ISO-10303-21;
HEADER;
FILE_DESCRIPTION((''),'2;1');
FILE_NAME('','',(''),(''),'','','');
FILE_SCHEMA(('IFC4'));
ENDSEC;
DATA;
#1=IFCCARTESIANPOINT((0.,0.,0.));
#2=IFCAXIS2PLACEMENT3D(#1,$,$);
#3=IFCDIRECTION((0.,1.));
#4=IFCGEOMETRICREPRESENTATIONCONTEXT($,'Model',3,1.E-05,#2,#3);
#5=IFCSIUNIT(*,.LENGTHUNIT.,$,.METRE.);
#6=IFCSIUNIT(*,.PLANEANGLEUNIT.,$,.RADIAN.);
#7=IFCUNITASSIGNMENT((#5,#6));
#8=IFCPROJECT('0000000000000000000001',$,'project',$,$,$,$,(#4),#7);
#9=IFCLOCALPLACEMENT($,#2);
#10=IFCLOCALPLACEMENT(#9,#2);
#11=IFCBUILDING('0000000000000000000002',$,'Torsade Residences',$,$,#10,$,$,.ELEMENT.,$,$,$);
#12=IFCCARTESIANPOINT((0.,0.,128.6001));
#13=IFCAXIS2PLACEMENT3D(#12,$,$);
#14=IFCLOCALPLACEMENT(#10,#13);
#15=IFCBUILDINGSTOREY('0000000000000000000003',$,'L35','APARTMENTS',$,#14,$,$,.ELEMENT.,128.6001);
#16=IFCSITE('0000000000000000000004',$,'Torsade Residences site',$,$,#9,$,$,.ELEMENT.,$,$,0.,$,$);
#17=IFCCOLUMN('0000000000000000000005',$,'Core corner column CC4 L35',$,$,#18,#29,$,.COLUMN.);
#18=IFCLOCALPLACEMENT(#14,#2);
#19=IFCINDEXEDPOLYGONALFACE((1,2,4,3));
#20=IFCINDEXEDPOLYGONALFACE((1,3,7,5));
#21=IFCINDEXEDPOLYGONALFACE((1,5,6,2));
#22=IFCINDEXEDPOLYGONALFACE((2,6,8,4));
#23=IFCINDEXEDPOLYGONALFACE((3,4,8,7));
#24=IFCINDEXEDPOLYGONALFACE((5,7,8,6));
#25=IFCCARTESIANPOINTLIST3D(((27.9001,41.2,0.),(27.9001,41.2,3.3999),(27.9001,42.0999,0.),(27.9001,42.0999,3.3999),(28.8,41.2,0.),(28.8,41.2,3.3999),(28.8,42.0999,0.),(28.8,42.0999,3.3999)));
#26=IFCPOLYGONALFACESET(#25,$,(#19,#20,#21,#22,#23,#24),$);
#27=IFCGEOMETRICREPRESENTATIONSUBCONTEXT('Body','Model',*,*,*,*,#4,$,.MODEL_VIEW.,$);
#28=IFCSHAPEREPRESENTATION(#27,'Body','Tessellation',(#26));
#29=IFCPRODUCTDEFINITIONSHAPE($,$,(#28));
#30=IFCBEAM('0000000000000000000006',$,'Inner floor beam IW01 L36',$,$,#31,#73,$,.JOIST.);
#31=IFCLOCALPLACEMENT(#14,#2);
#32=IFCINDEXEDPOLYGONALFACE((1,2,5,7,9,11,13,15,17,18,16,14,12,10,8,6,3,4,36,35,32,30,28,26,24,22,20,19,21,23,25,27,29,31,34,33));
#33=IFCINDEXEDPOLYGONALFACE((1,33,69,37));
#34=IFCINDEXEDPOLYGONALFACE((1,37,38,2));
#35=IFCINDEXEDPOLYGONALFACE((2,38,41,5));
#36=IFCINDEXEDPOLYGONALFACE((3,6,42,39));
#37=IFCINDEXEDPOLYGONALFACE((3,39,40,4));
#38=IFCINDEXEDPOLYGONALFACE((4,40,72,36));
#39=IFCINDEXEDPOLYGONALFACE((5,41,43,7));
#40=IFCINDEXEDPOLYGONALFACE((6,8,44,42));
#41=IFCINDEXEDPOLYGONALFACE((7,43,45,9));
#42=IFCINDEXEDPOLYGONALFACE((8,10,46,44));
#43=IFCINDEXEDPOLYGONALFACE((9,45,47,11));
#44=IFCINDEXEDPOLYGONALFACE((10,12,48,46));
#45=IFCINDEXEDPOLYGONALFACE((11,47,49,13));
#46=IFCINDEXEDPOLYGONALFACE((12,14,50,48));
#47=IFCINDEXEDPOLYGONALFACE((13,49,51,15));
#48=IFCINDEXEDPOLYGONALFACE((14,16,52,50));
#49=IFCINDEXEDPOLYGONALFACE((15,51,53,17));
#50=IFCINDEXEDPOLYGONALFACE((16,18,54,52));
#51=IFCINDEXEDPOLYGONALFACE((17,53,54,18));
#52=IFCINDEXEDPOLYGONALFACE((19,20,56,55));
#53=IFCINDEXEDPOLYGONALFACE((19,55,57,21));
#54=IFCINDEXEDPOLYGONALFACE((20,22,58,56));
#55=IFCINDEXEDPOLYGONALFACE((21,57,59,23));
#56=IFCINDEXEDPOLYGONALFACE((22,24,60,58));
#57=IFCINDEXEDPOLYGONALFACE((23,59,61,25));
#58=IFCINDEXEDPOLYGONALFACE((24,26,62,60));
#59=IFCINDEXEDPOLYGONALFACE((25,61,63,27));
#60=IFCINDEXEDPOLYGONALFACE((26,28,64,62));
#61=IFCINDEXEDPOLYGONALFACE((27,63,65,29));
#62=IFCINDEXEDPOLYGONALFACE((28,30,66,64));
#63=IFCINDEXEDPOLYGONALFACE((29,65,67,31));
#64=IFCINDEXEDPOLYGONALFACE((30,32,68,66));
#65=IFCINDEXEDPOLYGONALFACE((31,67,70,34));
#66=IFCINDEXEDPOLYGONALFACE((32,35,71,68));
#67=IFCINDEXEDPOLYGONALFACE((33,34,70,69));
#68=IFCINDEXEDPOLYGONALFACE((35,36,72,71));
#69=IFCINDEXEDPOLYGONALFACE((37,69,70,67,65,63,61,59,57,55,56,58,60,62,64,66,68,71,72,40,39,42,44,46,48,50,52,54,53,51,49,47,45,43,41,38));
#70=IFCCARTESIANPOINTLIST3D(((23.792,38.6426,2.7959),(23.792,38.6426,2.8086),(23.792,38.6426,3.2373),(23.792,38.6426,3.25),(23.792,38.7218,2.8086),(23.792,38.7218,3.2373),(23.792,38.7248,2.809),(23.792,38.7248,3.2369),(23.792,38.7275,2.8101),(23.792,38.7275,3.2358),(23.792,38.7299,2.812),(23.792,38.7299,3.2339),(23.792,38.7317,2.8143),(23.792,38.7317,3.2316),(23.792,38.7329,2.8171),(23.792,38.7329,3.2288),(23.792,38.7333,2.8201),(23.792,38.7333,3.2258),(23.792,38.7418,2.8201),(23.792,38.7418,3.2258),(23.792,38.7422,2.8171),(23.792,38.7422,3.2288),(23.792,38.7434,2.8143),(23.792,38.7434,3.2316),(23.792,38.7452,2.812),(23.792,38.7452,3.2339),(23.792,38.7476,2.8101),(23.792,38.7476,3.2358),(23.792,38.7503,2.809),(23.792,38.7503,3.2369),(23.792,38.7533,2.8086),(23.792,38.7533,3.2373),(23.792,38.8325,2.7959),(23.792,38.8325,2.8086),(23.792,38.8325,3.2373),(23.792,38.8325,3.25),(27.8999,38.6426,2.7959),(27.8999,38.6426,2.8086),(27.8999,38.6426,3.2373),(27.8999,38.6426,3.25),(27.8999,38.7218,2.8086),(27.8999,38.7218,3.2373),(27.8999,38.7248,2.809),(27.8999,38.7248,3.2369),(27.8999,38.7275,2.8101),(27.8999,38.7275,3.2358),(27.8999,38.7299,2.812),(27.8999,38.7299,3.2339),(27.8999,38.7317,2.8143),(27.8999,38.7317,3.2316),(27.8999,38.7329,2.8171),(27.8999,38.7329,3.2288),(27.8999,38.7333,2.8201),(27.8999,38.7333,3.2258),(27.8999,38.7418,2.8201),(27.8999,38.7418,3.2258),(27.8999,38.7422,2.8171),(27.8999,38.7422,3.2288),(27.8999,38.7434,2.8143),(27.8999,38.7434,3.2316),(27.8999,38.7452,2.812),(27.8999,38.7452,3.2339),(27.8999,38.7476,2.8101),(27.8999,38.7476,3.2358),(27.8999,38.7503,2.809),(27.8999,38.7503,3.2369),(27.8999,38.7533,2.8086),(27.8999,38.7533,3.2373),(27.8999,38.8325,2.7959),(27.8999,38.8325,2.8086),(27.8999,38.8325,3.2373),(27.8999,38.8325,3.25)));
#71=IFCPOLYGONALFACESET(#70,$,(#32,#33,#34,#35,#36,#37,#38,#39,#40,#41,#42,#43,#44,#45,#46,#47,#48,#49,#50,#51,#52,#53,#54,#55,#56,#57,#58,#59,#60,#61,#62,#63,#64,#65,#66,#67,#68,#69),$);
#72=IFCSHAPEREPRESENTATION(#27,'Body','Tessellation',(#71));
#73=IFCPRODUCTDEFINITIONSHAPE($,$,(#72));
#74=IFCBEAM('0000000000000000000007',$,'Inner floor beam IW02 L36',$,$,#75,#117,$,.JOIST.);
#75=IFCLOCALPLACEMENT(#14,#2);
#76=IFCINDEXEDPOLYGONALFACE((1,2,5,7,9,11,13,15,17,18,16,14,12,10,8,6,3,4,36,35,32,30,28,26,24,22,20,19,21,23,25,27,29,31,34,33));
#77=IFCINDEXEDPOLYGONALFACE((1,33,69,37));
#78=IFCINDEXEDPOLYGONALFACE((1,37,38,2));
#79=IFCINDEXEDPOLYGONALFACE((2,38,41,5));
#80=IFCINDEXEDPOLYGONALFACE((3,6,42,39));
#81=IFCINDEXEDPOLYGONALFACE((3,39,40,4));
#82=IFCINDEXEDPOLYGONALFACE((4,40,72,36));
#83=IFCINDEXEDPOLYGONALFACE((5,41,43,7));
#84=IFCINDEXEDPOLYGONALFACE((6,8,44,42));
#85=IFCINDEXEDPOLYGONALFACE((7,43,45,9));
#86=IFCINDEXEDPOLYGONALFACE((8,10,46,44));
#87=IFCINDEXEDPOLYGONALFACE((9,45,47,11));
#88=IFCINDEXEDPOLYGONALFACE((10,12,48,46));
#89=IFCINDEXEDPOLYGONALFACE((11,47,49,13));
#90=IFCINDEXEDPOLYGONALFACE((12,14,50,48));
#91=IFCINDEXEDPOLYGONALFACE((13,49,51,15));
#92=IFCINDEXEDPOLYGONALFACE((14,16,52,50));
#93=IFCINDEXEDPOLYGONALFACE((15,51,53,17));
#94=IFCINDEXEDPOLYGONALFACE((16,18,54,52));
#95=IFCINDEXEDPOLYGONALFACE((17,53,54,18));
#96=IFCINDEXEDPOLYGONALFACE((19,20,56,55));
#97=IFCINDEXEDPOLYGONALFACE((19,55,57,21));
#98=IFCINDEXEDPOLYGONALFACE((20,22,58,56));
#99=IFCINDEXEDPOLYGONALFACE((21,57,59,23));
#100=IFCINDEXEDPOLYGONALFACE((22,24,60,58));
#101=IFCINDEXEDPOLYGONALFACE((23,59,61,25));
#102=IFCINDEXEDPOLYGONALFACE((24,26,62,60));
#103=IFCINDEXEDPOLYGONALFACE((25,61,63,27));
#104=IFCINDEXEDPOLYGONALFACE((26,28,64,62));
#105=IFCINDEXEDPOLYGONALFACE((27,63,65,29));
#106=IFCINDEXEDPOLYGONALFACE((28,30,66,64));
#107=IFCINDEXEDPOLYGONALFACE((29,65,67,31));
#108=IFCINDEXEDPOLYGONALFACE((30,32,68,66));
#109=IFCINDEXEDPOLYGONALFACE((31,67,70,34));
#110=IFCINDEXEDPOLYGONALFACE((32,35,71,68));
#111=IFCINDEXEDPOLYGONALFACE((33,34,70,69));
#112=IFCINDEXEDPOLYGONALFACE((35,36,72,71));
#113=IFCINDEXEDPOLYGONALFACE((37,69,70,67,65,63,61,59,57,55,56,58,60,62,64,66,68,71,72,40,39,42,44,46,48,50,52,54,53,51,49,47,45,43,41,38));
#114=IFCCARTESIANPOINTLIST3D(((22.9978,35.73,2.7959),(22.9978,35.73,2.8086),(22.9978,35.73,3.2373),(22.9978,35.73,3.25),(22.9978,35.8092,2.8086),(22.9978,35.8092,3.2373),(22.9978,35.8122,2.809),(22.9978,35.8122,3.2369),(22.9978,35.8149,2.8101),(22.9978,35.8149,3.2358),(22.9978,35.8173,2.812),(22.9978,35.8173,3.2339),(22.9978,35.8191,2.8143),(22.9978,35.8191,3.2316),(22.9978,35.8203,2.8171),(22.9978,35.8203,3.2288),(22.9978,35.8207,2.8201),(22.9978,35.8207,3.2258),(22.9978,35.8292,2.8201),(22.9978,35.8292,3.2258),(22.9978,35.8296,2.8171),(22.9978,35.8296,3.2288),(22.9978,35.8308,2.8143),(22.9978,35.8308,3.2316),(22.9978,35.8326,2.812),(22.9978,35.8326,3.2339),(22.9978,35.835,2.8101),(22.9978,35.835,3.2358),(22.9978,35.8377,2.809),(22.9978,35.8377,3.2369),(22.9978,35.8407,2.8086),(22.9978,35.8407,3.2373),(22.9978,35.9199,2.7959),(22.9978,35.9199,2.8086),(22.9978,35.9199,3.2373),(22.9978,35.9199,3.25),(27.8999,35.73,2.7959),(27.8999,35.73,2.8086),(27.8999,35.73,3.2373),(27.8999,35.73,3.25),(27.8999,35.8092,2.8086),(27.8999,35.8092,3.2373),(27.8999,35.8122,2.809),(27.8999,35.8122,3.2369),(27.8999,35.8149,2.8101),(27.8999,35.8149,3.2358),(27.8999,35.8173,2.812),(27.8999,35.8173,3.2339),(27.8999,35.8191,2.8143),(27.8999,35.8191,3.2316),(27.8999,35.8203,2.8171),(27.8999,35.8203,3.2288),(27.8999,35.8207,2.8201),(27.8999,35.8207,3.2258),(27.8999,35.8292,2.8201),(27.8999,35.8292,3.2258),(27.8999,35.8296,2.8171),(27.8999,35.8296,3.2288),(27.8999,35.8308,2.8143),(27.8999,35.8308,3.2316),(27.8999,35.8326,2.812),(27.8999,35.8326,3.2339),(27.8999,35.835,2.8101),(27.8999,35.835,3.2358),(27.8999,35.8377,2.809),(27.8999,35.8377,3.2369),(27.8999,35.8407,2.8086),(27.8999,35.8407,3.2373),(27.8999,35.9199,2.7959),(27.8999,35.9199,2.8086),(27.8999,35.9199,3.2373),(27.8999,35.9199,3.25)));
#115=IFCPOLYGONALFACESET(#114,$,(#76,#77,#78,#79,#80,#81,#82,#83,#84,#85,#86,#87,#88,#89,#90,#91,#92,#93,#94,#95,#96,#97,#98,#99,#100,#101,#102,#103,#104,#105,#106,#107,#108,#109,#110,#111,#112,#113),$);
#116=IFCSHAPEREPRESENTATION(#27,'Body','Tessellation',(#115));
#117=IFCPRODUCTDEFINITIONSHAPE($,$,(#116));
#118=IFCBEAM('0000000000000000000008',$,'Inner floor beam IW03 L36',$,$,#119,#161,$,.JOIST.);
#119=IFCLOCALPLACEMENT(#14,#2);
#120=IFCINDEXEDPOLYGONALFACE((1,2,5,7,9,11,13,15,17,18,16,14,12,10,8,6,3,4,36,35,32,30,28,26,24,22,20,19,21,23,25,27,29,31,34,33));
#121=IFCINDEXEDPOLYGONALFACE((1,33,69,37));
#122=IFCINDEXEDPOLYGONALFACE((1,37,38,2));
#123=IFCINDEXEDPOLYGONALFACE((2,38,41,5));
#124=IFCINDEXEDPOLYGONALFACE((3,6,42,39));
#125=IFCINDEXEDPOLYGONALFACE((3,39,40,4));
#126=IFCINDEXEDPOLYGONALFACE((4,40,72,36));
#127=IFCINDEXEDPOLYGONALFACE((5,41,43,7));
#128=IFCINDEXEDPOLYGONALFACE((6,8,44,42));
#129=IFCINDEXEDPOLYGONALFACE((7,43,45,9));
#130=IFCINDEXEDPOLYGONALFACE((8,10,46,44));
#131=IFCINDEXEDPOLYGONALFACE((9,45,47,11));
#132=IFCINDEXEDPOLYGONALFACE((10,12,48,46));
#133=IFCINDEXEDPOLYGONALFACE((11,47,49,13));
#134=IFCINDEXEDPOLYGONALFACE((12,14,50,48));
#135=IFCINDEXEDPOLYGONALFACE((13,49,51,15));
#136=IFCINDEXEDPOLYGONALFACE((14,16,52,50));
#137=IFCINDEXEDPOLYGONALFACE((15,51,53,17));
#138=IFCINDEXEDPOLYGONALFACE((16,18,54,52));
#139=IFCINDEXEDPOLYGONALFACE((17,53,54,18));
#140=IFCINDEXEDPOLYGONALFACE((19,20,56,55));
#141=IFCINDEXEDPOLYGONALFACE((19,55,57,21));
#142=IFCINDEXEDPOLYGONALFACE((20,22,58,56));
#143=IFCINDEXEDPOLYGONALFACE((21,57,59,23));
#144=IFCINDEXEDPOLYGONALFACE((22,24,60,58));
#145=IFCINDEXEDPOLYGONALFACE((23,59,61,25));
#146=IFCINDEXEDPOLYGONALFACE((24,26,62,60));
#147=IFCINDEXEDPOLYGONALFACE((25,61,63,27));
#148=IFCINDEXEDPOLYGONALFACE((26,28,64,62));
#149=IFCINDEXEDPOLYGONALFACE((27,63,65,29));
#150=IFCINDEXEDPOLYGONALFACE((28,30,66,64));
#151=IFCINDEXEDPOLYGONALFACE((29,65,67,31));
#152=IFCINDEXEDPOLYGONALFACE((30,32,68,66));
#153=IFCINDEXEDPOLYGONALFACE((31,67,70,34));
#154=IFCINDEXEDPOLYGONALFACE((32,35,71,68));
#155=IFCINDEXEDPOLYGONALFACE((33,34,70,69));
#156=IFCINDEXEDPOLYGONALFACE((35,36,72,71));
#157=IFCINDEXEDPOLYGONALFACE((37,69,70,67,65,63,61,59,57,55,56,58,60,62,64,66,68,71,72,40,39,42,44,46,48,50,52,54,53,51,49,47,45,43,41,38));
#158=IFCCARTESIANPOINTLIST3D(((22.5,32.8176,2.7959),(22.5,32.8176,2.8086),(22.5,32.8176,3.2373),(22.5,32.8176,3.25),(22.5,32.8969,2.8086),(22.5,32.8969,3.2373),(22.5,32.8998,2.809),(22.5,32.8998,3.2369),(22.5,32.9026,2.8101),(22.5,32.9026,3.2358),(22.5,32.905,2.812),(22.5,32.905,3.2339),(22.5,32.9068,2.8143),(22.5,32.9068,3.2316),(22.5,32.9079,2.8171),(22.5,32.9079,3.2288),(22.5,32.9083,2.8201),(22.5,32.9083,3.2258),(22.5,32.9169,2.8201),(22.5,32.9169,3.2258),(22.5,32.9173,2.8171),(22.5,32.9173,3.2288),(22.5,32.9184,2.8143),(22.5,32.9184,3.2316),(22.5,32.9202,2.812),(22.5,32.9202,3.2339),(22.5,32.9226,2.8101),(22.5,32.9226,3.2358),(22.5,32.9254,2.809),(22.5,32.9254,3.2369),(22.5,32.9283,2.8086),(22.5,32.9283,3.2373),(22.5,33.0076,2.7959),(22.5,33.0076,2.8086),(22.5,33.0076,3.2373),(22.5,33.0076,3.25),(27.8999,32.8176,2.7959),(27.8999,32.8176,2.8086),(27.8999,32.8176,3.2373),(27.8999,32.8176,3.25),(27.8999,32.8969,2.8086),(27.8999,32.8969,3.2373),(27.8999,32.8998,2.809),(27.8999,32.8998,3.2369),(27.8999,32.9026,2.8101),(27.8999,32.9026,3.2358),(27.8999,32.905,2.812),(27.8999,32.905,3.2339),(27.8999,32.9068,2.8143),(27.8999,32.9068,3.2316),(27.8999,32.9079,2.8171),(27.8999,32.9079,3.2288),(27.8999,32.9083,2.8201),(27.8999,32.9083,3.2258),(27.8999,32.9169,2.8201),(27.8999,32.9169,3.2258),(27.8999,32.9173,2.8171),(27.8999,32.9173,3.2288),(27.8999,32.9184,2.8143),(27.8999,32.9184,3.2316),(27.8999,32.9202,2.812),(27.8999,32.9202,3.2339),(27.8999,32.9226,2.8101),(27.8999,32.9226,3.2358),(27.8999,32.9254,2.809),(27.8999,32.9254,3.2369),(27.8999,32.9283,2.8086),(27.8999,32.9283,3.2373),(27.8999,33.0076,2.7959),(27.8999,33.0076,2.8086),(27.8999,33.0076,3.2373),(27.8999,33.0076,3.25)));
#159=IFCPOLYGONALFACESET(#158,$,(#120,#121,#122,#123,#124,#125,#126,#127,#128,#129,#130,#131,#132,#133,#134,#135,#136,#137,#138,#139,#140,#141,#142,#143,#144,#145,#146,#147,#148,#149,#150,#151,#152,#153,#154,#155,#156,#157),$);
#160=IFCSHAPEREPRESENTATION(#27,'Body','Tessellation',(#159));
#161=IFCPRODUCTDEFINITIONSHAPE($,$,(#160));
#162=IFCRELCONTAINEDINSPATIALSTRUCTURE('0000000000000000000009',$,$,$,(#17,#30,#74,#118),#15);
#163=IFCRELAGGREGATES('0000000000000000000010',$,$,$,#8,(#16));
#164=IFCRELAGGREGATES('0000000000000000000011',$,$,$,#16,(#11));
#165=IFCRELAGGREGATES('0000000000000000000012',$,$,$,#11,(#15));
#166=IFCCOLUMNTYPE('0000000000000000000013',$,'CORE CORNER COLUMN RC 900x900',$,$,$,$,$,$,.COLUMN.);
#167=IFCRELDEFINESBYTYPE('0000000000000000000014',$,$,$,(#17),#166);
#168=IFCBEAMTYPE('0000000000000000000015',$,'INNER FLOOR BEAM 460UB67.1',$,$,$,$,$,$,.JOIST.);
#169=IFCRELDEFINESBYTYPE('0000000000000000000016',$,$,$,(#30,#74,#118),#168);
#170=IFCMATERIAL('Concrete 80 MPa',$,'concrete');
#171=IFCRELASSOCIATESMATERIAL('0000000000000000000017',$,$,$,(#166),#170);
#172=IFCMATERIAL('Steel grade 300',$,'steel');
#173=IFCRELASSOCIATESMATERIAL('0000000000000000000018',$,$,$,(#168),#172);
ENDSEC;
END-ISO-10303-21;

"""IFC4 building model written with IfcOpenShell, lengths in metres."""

from ifc_helpers import new_model, si_unit, direction, frame, origin, origin_2d, place, context, subcontext, project, spatial, rectangle, i_section, extrude, material, material_profile, profile_set, type_object, element, save


model = new_model("IFC4")

# Units and contexts
model_context = context("Model", 3, precision=1e-05, world=origin(), true_north=direction((0.0, 1.0)))
body_context = subcontext(model_context, "Body", "Model", "MODEL_VIEW")
ifc_project = project(units=[si_unit("LENGTHUNIT", "METRE"), si_unit("PLANEANGLEUNIT", "RADIAN")], contexts=[model_context])

# Site, building, storey
site_placement = place(None, origin())
site = spatial("IfcSite", under=ifc_project, at=site_placement, Name="Torsade Residences site", CompositionType="ELEMENT", RefElevation=0.0)
building_placement = place(site_placement, origin())
building = spatial("IfcBuilding", under=site, at=building_placement, Name="Torsade Residences", CompositionType="ELEMENT")
storey_placement = place(building_placement, frame((0.0, 0.0, 128.6001)))
storey = spatial("IfcBuildingStorey", under=building, at=storey_placement, Name="L35", Description="APARTMENTS", CompositionType="ELEMENT", Elevation=128.6001)

# Column
ifc_material_1 = material(Name="Concrete 80 MPa", Category="concrete")
ifc_material_profile_1 = material_profile(ifc_material_1, rectangle(XDim=0.8999, YDim=0.8999, at=origin_2d()), Name="RC 900x900")
ifc_profile_set_1 = profile_set([ifc_material_profile_1], Name="Concrete 80 MPa")
column_type = type_object("IfcColumnType", Name="CORE CORNER COLUMN RC 900x900", PredefinedType="COLUMN", material=ifc_profile_set_1)
column_placement = place(storey_placement, frame((28.3501, 41.6499, 0.0), z_axis=(0.0, 0.0, 1.0), x_axis=(1.0, 0.0, 0.0)))
element("IfcColumn", 1, at=column_placement, inside=storey, type_object=column_type, Name="Core corner column CC4 L35", PredefinedType="COLUMN", context=body_context, shape_type="SweptSolid", body=[
    extrude(rectangle(XDim=0.8999, YDim=0.8999, at=origin_2d()), origin(), (0.0, 0.0, 1.0), 3.3999),
])

# Beams
ifc_material_2 = material(Name="Steel grade 300", Category="steel")
ifc_material_profile_2 = material_profile(ifc_material_2, i_section(OverallWidth=0.1899, OverallDepth=0.4541, WebThickness=0.0085, FlangeThickness=0.0127, FilletRadius=0.0115, at=origin_2d()), Name="460UB67.1")
ifc_profile_set_2 = profile_set([ifc_material_profile_2], Name="Steel grade 300")
beam_type_1 = type_object("IfcBeamType", Name="INNER FLOOR BEAM 460UB67.1", PredefinedType="JOIST", material=ifc_profile_set_2)
beam_1_placement = place(storey_placement, frame((27.8999, 38.7375, 3.0229), z_axis=(-1.0, 0.0, 0.0), x_axis=(0.0, -1.0, 0.0)))
element("IfcBeam", 2, at=beam_1_placement, inside=storey, type_object=beam_type_1, Name="Inner floor beam IW01 L36", PredefinedType="JOIST", context=body_context, shape_type="SweptSolid", body=[
    extrude(i_section(OverallWidth=0.1899, OverallDepth=0.4541, WebThickness=0.0085, FlangeThickness=0.0127, FilletRadius=0.0115, at=origin_2d()), origin(), (0.0, 0.0, 1.0), 4.1079),
])
beam_2_placement = place(storey_placement, frame((27.8999, 35.825, 3.0229), z_axis=(-1.0, 0.0, 0.0), x_axis=(0.0, -1.0, 0.0)))
element("IfcBeam", 3, at=beam_2_placement, inside=storey, type_object=beam_type_1, Name="Inner floor beam IW02 L36", PredefinedType="JOIST", context=body_context, shape_type="SweptSolid", body=[
    extrude(i_section(OverallWidth=0.1899, OverallDepth=0.4541, WebThickness=0.0085, FlangeThickness=0.0127, FilletRadius=0.0115, at=origin_2d()), origin(), (0.0, 0.0, 1.0), 4.9021),
])
for number, where, z_axis, x_axis, name in (
    (4, (27.8999, 32.9126, 3.0229), (-1.0, 0.0, 0.0), (0.0, -1.0, 0.0), "Inner floor beam IW03 L36"),
):
    element("IfcBeam", number, at=place(storey_placement, frame(where, z_axis=z_axis, x_axis=x_axis)), inside=storey, type_object=beam_type_1, Name=name, PredefinedType="JOIST", context=body_context, shape_type="SweptSolid", body=[
        extrude(i_section(OverallWidth=0.1899, OverallDepth=0.4541, WebThickness=0.0085, FlangeThickness=0.0127, FilletRadius=0.0115, at=origin_2d()), origin(), (0.0, 0.0, 1.0), 5.3999),
    ])

save(model, "model.ifc")
